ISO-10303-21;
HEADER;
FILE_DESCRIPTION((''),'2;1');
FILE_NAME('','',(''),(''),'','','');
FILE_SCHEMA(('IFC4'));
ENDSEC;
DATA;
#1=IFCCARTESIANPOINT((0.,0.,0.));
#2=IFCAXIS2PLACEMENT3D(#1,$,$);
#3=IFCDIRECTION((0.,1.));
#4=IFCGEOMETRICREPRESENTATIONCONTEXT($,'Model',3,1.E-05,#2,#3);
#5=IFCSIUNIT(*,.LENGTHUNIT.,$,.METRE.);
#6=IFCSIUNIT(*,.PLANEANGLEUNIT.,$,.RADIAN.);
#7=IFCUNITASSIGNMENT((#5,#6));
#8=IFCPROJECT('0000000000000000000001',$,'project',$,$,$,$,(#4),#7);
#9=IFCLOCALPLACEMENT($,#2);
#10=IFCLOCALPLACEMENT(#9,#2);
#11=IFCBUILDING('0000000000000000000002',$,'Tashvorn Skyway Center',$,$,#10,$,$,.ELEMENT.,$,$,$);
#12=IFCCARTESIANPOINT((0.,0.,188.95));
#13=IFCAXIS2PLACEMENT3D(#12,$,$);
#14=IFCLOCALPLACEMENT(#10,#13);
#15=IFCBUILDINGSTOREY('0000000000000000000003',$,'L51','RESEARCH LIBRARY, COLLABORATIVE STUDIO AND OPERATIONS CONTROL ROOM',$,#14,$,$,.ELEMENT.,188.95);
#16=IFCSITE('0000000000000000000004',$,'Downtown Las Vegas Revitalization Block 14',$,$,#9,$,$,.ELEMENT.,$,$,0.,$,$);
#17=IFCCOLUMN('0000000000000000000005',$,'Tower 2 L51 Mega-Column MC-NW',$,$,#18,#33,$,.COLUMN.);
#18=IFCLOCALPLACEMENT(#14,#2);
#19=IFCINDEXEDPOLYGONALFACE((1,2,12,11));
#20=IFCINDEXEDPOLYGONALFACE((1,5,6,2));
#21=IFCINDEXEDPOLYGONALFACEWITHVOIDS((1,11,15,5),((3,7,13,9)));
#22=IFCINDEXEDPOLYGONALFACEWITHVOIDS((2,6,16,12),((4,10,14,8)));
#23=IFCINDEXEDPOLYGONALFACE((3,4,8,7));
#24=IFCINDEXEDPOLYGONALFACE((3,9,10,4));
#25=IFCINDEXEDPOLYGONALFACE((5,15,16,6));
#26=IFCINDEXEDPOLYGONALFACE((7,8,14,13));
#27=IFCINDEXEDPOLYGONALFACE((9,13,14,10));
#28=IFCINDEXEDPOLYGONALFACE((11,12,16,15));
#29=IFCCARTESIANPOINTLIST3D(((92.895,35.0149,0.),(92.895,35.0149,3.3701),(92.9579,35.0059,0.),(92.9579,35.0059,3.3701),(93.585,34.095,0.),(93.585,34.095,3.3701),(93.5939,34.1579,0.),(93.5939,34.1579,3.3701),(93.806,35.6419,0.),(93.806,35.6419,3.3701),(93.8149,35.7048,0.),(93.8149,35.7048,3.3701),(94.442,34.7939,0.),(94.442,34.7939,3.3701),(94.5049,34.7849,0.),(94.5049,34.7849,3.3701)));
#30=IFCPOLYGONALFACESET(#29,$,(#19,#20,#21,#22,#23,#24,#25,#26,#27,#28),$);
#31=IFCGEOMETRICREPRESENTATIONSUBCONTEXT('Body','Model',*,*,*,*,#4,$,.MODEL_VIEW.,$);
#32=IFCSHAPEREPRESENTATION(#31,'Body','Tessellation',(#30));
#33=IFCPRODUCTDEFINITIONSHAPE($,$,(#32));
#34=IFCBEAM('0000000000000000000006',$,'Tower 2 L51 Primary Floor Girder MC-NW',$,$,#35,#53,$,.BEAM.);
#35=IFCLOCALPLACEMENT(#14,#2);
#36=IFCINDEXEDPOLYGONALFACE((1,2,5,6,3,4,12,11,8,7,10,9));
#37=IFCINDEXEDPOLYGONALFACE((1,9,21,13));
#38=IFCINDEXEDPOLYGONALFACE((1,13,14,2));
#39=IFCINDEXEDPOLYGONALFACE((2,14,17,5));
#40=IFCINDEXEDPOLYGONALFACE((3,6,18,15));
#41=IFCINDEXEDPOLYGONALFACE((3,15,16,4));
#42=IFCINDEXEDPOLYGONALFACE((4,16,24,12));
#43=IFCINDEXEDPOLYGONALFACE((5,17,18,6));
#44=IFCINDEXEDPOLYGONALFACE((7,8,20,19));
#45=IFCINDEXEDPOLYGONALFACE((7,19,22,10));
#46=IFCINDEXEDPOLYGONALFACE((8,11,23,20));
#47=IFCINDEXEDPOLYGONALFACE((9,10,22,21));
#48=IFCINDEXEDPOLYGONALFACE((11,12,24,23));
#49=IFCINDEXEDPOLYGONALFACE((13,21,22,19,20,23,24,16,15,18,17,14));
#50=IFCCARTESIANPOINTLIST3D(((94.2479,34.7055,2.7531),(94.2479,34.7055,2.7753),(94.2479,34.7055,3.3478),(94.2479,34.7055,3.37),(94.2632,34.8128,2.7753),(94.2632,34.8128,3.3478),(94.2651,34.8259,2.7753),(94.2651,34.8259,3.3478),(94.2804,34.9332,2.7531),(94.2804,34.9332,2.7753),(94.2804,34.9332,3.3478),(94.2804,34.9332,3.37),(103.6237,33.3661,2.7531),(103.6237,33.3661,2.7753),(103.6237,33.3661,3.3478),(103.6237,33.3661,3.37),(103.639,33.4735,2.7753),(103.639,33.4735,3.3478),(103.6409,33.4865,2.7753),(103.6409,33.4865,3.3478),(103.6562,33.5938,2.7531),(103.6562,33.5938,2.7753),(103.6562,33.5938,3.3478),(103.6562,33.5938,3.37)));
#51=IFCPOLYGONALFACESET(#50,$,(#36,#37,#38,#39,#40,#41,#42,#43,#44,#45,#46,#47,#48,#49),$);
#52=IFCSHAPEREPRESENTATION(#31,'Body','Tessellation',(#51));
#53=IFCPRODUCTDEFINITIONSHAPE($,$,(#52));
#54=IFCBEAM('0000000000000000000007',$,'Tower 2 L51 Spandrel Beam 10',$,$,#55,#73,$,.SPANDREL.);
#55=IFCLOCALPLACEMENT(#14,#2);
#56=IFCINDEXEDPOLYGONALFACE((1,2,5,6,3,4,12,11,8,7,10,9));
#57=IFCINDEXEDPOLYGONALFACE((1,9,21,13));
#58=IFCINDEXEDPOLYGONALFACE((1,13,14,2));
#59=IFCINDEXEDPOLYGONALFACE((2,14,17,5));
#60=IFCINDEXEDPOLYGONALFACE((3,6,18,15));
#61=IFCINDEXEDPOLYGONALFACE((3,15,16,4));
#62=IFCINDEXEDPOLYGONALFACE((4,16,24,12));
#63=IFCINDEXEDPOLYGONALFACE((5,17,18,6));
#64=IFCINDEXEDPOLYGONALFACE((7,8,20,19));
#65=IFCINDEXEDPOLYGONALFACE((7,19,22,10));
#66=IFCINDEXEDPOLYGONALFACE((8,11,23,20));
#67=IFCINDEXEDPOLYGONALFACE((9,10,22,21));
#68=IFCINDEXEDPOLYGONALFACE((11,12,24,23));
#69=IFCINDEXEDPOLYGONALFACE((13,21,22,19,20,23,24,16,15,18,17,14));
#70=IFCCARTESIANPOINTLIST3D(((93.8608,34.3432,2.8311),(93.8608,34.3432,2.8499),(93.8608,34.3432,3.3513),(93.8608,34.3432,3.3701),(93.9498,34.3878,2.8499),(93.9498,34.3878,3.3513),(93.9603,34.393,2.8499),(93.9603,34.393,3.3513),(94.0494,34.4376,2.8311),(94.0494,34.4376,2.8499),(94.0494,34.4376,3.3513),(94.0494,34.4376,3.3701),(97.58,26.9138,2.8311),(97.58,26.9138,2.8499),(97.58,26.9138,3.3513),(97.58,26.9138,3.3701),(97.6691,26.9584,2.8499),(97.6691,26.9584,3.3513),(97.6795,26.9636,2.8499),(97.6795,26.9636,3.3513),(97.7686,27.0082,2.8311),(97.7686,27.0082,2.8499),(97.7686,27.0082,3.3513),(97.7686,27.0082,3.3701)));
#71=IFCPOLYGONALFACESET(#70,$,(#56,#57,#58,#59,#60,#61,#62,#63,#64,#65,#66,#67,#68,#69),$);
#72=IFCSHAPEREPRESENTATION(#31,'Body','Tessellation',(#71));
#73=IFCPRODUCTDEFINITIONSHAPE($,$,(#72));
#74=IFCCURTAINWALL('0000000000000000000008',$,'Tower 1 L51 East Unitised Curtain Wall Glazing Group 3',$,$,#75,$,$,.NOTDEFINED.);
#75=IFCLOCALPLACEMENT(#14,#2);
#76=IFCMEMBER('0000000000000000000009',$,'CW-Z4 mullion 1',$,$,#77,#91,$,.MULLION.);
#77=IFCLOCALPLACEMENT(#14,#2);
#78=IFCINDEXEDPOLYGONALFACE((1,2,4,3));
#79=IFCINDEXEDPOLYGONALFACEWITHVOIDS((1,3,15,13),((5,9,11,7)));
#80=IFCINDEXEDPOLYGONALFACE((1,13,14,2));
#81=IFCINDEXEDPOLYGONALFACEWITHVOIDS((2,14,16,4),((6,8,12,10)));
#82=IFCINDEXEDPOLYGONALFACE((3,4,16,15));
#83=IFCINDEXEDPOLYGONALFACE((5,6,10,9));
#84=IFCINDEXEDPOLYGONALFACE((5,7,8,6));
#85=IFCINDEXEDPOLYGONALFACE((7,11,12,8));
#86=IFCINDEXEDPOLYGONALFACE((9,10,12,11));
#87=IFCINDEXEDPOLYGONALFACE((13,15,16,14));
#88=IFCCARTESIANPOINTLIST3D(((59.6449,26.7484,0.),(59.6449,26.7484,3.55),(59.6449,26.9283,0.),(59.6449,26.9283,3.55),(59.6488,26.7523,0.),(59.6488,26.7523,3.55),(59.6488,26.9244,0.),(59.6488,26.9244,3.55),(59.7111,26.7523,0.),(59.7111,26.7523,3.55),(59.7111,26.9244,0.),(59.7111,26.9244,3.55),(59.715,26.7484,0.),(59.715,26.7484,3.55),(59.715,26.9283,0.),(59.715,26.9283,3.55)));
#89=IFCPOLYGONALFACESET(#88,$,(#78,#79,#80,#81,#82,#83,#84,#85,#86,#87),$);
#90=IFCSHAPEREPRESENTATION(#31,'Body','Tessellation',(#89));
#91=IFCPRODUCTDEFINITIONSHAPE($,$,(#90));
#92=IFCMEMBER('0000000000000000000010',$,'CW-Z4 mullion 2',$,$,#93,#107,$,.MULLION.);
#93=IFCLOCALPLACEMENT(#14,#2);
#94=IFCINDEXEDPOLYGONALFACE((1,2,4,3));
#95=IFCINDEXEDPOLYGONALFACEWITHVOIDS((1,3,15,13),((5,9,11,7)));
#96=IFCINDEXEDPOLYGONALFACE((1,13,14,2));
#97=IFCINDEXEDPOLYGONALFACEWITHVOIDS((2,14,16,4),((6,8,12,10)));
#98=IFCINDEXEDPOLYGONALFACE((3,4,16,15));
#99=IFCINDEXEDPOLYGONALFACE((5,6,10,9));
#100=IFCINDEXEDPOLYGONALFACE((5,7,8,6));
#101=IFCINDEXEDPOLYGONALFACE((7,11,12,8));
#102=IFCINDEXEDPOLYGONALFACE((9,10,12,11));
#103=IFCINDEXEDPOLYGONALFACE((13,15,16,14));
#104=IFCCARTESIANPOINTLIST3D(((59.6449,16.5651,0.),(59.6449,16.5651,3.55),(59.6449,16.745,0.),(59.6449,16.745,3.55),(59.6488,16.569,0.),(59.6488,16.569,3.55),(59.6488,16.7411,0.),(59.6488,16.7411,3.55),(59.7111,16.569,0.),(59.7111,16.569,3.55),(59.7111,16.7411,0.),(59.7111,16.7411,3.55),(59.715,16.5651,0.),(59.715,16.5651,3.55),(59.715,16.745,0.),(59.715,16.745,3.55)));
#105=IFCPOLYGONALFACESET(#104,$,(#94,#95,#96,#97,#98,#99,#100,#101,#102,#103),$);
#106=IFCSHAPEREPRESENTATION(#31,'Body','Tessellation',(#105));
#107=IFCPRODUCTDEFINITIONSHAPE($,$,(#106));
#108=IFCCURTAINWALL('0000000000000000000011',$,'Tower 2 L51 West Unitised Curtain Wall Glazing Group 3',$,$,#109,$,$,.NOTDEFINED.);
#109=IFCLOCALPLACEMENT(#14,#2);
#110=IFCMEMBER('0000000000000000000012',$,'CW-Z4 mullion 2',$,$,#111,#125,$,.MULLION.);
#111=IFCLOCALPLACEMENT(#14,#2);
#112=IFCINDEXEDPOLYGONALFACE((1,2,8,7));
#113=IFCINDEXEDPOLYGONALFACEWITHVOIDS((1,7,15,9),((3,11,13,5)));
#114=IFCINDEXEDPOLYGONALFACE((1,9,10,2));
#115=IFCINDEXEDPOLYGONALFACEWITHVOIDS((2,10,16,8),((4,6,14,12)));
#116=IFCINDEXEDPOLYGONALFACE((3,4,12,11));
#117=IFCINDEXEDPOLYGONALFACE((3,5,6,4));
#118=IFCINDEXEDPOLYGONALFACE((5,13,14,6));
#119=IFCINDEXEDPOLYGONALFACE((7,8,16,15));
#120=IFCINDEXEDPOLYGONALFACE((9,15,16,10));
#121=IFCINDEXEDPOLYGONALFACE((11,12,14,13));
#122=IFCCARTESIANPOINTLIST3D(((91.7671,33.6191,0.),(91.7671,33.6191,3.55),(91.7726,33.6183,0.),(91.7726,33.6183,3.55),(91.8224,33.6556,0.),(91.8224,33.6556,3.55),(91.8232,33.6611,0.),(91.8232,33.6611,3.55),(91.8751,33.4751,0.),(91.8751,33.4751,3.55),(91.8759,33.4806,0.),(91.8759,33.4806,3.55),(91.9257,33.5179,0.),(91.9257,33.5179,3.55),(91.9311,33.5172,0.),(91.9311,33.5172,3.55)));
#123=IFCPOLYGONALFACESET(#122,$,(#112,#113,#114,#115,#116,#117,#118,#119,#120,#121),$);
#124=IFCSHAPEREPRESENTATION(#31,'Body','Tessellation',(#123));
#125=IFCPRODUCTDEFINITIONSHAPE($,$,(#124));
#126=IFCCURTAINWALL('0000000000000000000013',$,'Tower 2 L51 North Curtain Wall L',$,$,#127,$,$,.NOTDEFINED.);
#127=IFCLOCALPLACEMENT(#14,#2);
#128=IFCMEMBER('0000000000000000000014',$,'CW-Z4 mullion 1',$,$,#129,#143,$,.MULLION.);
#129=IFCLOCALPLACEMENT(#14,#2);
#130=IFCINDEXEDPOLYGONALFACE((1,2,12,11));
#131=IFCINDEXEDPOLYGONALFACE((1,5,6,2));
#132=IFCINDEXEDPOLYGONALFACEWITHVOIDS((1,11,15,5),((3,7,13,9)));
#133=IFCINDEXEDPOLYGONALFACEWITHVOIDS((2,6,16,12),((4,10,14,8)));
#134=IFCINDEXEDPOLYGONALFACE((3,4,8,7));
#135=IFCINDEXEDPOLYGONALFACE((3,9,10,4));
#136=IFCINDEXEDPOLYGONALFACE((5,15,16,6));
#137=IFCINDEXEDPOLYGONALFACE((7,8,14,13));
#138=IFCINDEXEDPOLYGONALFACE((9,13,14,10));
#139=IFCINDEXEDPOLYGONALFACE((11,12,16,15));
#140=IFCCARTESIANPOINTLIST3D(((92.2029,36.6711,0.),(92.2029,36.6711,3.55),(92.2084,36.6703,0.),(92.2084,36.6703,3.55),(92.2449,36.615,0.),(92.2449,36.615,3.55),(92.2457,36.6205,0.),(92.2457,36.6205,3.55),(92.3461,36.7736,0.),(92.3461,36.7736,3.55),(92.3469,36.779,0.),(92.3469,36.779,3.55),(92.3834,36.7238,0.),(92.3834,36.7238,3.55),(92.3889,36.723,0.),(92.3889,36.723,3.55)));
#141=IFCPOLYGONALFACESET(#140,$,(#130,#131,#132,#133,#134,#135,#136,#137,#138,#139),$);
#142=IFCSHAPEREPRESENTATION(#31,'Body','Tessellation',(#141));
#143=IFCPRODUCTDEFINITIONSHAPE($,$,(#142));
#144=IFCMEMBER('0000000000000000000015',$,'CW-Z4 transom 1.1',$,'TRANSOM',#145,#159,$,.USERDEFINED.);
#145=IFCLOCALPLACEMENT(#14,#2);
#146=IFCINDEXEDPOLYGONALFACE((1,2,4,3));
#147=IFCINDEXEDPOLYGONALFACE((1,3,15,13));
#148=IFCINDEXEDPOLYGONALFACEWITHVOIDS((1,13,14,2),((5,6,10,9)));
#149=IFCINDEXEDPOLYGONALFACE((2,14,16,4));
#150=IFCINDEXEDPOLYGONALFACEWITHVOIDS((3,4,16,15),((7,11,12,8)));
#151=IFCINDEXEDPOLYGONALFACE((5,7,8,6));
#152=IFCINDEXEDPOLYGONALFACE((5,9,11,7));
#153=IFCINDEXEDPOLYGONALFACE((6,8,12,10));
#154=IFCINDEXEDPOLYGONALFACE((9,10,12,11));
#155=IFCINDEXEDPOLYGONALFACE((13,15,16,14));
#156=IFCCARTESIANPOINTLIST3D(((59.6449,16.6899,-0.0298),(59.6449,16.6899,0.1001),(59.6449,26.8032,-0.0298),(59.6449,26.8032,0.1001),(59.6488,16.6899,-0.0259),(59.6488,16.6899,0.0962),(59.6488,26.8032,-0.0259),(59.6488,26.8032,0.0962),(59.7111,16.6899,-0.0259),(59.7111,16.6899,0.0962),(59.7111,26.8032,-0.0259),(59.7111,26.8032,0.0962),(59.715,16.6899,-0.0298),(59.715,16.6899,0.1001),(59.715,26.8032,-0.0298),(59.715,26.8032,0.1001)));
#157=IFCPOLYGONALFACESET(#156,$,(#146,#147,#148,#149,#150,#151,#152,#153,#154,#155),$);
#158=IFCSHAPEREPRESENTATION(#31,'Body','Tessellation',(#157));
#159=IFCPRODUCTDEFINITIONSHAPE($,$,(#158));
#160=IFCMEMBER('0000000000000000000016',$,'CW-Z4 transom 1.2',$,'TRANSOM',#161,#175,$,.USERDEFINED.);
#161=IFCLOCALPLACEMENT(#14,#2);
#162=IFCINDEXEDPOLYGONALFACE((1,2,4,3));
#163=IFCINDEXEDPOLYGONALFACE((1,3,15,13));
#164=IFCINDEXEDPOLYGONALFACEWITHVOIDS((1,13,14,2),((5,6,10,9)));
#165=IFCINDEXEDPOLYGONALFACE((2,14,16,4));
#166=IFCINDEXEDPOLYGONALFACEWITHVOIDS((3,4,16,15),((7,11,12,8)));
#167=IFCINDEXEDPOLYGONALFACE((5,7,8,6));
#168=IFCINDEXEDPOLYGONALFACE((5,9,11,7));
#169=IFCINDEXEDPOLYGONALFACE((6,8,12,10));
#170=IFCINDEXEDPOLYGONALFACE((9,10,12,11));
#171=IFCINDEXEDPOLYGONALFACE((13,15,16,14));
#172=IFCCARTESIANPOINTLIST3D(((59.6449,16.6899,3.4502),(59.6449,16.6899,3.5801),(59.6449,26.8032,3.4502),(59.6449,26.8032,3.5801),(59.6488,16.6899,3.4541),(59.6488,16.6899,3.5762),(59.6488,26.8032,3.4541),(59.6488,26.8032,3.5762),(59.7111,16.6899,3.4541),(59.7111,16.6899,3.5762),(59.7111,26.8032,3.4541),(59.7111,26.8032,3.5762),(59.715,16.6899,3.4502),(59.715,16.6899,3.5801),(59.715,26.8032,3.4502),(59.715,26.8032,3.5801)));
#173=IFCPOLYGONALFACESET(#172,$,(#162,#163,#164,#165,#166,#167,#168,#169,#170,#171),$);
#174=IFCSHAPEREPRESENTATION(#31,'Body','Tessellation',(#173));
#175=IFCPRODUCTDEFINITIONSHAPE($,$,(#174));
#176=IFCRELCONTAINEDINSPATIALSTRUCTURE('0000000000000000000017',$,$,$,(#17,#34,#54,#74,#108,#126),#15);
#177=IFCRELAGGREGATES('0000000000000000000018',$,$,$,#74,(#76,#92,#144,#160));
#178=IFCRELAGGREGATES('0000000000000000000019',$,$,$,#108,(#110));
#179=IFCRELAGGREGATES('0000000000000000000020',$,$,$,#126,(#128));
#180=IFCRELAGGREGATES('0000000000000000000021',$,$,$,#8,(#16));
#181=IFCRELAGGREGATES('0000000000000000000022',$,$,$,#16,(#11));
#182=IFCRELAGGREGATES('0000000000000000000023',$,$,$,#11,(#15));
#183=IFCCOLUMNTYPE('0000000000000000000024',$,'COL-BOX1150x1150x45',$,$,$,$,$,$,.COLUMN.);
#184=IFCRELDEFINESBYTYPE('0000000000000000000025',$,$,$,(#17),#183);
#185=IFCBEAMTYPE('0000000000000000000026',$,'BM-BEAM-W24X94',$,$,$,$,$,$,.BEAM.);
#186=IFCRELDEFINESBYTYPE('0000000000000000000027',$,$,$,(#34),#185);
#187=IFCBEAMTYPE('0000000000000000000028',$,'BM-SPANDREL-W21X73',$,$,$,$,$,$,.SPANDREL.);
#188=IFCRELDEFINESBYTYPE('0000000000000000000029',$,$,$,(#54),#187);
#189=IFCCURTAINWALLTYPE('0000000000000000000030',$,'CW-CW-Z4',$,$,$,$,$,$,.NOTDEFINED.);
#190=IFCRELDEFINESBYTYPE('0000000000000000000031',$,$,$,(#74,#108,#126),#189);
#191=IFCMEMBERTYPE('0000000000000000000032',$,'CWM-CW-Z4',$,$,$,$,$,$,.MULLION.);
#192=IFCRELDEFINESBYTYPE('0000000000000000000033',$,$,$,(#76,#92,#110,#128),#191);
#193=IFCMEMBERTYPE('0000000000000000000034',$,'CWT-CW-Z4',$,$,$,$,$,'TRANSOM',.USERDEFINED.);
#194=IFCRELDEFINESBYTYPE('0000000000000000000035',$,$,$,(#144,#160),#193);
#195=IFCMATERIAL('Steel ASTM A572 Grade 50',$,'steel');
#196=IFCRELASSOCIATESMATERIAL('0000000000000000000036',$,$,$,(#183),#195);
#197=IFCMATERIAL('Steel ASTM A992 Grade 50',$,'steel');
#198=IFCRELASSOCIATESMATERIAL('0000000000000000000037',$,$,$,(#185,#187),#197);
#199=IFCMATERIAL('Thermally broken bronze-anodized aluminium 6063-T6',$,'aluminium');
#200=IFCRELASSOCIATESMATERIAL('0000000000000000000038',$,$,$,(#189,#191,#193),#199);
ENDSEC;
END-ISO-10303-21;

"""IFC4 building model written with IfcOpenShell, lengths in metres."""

from ifc_helpers import new_model, si_unit, direction, frame, origin, origin_2d, place, context, subcontext, project, spatial, hollow_rectangle, i_section, extrude, material, material_profile, profile_set, type_object, element, aggregate, save


model = new_model("IFC4")

# Units and contexts
model_context = context("Model", 3, precision=1e-05, world=origin(), true_north=direction((0.0, 1.0)))
body_context = subcontext(model_context, "Body", "Model", "MODEL_VIEW")
ifc_project = project(units=[si_unit("LENGTHUNIT", "METRE"), si_unit("PLANEANGLEUNIT", "RADIAN")], contexts=[model_context])

# Site, building, storey
site_placement = place(None, origin())
site = spatial("IfcSite", under=ifc_project, at=site_placement, Name="Downtown Las Vegas Revitalization Block 14", CompositionType="ELEMENT", RefElevation=0.0)
building_placement = place(site_placement, origin())
building = spatial("IfcBuilding", under=site, at=building_placement, Name="Tashvorn Skyway Center", CompositionType="ELEMENT")
storey_placement = place(building_placement, frame((0.0, 0.0, 188.95)))
storey = spatial("IfcBuildingStorey", under=building, at=storey_placement, Name="L51", Description="RESEARCH LIBRARY, COLLABORATIVE STUDIO AND OPERATIONS CONTROL ROOM", CompositionType="ELEMENT", Elevation=188.95)

# Column
ifc_material_1 = material(Name="Steel ASTM A572 Grade 50", Category="steel")
ifc_material_profile_1 = material_profile(ifc_material_1, hollow_rectangle(XDim=1.1499, YDim=1.1499, WallThickness=0.0449, at=origin_2d()), Name="BOX1150x1150x45")
ifc_profile_set_1 = profile_set([ifc_material_profile_1], Name="Steel ASTM A572 Grade 50")
column_type = type_object("IfcColumnType", Name="COL-BOX1150x1150x45", PredefinedType="COLUMN", material=ifc_profile_set_1)
column_placement = place(storey_placement, frame((93.7, 34.8999, 0.0), z_axis=(0.0, 0.0, 1.0), x_axis=(0.8, 0.6, 0.0)))
element("IfcColumn", 1, at=column_placement, inside=storey, type_object=column_type, Name="Tower 2 L51 Mega-Column MC-NW", PredefinedType="COLUMN", context=body_context, shape_type="SweptSolid", body=[
    extrude(hollow_rectangle(XDim=1.1499, YDim=1.1499, WallThickness=0.0449, at=origin_2d()), origin(), (0.0, 0.0, 1.0), 3.3701),
])

# Beams
ifc_material_2 = material(Name="Steel ASTM A992 Grade 50", Category="steel")
ifc_material_profile_2 = material_profile(ifc_material_2, i_section(OverallWidth=0.23, OverallDepth=0.6169, WebThickness=0.0132, FlangeThickness=0.0222, at=origin_2d()), Name="W24X94")
ifc_profile_set_2 = profile_set([ifc_material_profile_2], Name="Steel ASTM A992 Grade 50")
beam_type_1 = type_object("IfcBeamType", Name="BM-BEAM-W24X94", PredefinedType="BEAM", material=ifc_profile_set_2)
beam_1_placement = place(storey_placement, frame((94.2642, 34.8193, 3.0615), z_axis=(0.98995, -0.141418, 0.0), x_axis=(0.141418, 0.98995, 0.0)))
element("IfcBeam", 2, at=beam_1_placement, inside=storey, type_object=beam_type_1, Name="Tower 2 L51 Primary Floor Girder MC-NW", PredefinedType="BEAM", context=body_context, shape_type="SweptSolid", body=[
    extrude(i_section(OverallWidth=0.23, OverallDepth=0.6169, WebThickness=0.0132, FlangeThickness=0.0222, at=origin_2d()), origin(), (0.0, 0.0, 1.0), 9.4709),
])
ifc_material_profile_3 = material_profile(ifc_material_2, i_section(OverallWidth=0.2109, OverallDepth=0.5391, WebThickness=0.0117, FlangeThickness=0.0188, at=origin_2d()), Name="W21X73")
ifc_profile_set_3 = profile_set([ifc_material_profile_3], Name="Steel ASTM A992 Grade 50")
beam_type_2 = type_object("IfcBeamType", Name="BM-SPANDREL-W21X73", PredefinedType="SPANDREL", material=ifc_profile_set_3)
beam_2_placement = place(storey_placement, frame((93.9551, 34.3904, 3.1006), z_axis=(0.447648, -0.89421, 0.0), x_axis=(0.89421, 0.447648, 0.0)))
element("IfcBeam", 3, at=beam_2_placement, inside=storey, type_object=beam_type_2, Name="Tower 2 L51 Spandrel Beam 10", PredefinedType="SPANDREL", context=body_context, shape_type="SweptSolid", body=[
    extrude(i_section(OverallWidth=0.2109, OverallDepth=0.5391, WebThickness=0.0117, FlangeThickness=0.0188, at=origin_2d()), origin(), (0.0, 0.0, 1.0), 8.3083),
])

# Curtain wall, members
ifc_material_3 = material(Name="Thermally broken bronze-anodized aluminium 6063-T6", Category="aluminium")
curtain_wall_type = type_object("IfcCurtainWallType", Name="CW-CW-Z4", PredefinedType="NOTDEFINED", material=ifc_material_3)
curtain_wall_1_placement = place(storey_placement, origin())
curtain_wall_1 = element("IfcCurtainWall", 4, at=curtain_wall_1_placement, inside=storey, type_object=curtain_wall_type, Name="Tower 1 L51 East Unitised Curtain Wall Glazing Group 3", PredefinedType="NOTDEFINED")
ifc_material_profile_4 = material_profile(ifc_material_3, hollow_rectangle(XDim=0.0701, YDim=0.1799, WallThickness=0.0039, at=origin_2d()), Name="ALU-MULL-70x180")
ifc_profile_set_4 = profile_set([ifc_material_profile_4], Name="Thermally broken bronze-anodized aluminium 6063-T6")
member_type_1 = type_object("IfcMemberType", Name="CWM-CW-Z4", PredefinedType="MULLION", material=ifc_profile_set_4)
member_1_placement = place(storey_placement, frame((59.6799, 26.8384, 0.0), z_axis=(0.0, 0.0, 1.0), x_axis=(1.0, 0.0, 0.0)))
member_1 = element("IfcMember", 5, at=member_1_placement, type_object=member_type_1, Name="CW-Z4 mullion 1", PredefinedType="MULLION", context=body_context, shape_type="SweptSolid", body=[
    extrude(hollow_rectangle(XDim=0.0701, YDim=0.1799, WallThickness=0.0039, at=origin_2d()), origin(), (0.0, 0.0, 1.0), 3.55),
])
member_2_placement = place(storey_placement, frame((59.6799, 16.655, 0.0), z_axis=(0.0, 0.0, 1.0), x_axis=(1.0, 0.0, 0.0)))
member_2 = element("IfcMember", 6, at=member_2_placement, type_object=member_type_1, Name="CW-Z4 mullion 2", PredefinedType="MULLION", context=body_context, shape_type="SweptSolid", body=[
    extrude(hollow_rectangle(XDim=0.0701, YDim=0.1799, WallThickness=0.0039, at=origin_2d()), origin(), (0.0, 0.0, 1.0), 3.55),
])

# Curtain walls, members
curtain_wall_2_placement = place(storey_placement, origin())
curtain_wall_2 = element("IfcCurtainWall", 7, at=curtain_wall_2_placement, inside=storey, type_object=curtain_wall_type, Name="Tower 2 L51 West Unitised Curtain Wall Glazing Group 3", PredefinedType="NOTDEFINED")
member_3_placement = place(storey_placement, frame((91.8491, 33.5681, 0.0), z_axis=(0.0, 0.0, 1.0), x_axis=(-0.8, -0.6, 0.0)))
member_3 = element("IfcMember", 8, at=member_3_placement, type_object=member_type_1, Name="CW-Z4 mullion 2", PredefinedType="MULLION", context=body_context, shape_type="SweptSolid", body=[
    extrude(hollow_rectangle(XDim=0.0701, YDim=0.1799, WallThickness=0.0039, at=origin_2d()), origin(), (0.0, 0.0, 1.0), 3.55),
])
curtain_wall_3_placement = place(storey_placement, origin())
curtain_wall_3 = element("IfcCurtainWall", 9, at=curtain_wall_3_placement, inside=storey, type_object=curtain_wall_type, Name="Tower 2 L51 North Curtain Wall L", PredefinedType="NOTDEFINED")
member_4_placement = place(storey_placement, frame((92.2959, 36.697, 0.0), z_axis=(0.0, 0.0, 1.0), x_axis=(-0.6, 0.8, 0.0)))
member_4 = element("IfcMember", 10, at=member_4_placement, type_object=member_type_1, Name="CW-Z4 mullion 1", PredefinedType="MULLION", context=body_context, shape_type="SweptSolid", body=[
    extrude(hollow_rectangle(XDim=0.0701, YDim=0.1799, WallThickness=0.0039, at=origin_2d()), origin(), (0.0, 0.0, 1.0), 3.55),
])

# Members
ifc_material_profile_5 = material_profile(ifc_material_3, hollow_rectangle(XDim=0.0701, YDim=0.1299, WallThickness=0.0039, at=origin_2d()), Name="ALU-TRAN-70x130")
ifc_profile_set_5 = profile_set([ifc_material_profile_5], Name="Thermally broken bronze-anodized aluminium 6063-T6")
member_type_2 = type_object("IfcMemberType", Name="CWT-CW-Z4", ElementType="TRANSOM", PredefinedType="USERDEFINED", material=ifc_profile_set_5)
member_5_placement = place(storey_placement, frame((59.6799, 26.8032, 0.0352), z_axis=(0.0, -1.0, 0.0), x_axis=(1.0, 0.0, 0.0)))
member_5 = element("IfcMember", 11, at=member_5_placement, type_object=member_type_2, Name="CW-Z4 transom 1.1", ObjectType="TRANSOM", PredefinedType="USERDEFINED", context=body_context, shape_type="SweptSolid", body=[
    extrude(hollow_rectangle(XDim=0.0701, YDim=0.1299, WallThickness=0.0039, at=origin_2d()), origin(), (0.0, 0.0, 1.0), 10.1133),
])
member_6_placement = place(storey_placement, frame((59.6799, 26.8032, 3.5151), z_axis=(0.0, -1.0, 0.0), x_axis=(1.0, 0.0, 0.0)))
member_6 = element("IfcMember", 12, at=member_6_placement, type_object=member_type_2, Name="CW-Z4 transom 1.2", ObjectType="TRANSOM", PredefinedType="USERDEFINED", context=body_context, shape_type="SweptSolid", body=[
    extrude(hollow_rectangle(XDim=0.0701, YDim=0.1299, WallThickness=0.0039, at=origin_2d()), origin(), (0.0, 0.0, 1.0), 10.1133),
])

aggregate(curtain_wall_1, [member_1, member_2, member_5, member_6])
aggregate(curtain_wall_2, [member_3])
aggregate(curtain_wall_3, [member_4])

save(model, "model.ifc")
